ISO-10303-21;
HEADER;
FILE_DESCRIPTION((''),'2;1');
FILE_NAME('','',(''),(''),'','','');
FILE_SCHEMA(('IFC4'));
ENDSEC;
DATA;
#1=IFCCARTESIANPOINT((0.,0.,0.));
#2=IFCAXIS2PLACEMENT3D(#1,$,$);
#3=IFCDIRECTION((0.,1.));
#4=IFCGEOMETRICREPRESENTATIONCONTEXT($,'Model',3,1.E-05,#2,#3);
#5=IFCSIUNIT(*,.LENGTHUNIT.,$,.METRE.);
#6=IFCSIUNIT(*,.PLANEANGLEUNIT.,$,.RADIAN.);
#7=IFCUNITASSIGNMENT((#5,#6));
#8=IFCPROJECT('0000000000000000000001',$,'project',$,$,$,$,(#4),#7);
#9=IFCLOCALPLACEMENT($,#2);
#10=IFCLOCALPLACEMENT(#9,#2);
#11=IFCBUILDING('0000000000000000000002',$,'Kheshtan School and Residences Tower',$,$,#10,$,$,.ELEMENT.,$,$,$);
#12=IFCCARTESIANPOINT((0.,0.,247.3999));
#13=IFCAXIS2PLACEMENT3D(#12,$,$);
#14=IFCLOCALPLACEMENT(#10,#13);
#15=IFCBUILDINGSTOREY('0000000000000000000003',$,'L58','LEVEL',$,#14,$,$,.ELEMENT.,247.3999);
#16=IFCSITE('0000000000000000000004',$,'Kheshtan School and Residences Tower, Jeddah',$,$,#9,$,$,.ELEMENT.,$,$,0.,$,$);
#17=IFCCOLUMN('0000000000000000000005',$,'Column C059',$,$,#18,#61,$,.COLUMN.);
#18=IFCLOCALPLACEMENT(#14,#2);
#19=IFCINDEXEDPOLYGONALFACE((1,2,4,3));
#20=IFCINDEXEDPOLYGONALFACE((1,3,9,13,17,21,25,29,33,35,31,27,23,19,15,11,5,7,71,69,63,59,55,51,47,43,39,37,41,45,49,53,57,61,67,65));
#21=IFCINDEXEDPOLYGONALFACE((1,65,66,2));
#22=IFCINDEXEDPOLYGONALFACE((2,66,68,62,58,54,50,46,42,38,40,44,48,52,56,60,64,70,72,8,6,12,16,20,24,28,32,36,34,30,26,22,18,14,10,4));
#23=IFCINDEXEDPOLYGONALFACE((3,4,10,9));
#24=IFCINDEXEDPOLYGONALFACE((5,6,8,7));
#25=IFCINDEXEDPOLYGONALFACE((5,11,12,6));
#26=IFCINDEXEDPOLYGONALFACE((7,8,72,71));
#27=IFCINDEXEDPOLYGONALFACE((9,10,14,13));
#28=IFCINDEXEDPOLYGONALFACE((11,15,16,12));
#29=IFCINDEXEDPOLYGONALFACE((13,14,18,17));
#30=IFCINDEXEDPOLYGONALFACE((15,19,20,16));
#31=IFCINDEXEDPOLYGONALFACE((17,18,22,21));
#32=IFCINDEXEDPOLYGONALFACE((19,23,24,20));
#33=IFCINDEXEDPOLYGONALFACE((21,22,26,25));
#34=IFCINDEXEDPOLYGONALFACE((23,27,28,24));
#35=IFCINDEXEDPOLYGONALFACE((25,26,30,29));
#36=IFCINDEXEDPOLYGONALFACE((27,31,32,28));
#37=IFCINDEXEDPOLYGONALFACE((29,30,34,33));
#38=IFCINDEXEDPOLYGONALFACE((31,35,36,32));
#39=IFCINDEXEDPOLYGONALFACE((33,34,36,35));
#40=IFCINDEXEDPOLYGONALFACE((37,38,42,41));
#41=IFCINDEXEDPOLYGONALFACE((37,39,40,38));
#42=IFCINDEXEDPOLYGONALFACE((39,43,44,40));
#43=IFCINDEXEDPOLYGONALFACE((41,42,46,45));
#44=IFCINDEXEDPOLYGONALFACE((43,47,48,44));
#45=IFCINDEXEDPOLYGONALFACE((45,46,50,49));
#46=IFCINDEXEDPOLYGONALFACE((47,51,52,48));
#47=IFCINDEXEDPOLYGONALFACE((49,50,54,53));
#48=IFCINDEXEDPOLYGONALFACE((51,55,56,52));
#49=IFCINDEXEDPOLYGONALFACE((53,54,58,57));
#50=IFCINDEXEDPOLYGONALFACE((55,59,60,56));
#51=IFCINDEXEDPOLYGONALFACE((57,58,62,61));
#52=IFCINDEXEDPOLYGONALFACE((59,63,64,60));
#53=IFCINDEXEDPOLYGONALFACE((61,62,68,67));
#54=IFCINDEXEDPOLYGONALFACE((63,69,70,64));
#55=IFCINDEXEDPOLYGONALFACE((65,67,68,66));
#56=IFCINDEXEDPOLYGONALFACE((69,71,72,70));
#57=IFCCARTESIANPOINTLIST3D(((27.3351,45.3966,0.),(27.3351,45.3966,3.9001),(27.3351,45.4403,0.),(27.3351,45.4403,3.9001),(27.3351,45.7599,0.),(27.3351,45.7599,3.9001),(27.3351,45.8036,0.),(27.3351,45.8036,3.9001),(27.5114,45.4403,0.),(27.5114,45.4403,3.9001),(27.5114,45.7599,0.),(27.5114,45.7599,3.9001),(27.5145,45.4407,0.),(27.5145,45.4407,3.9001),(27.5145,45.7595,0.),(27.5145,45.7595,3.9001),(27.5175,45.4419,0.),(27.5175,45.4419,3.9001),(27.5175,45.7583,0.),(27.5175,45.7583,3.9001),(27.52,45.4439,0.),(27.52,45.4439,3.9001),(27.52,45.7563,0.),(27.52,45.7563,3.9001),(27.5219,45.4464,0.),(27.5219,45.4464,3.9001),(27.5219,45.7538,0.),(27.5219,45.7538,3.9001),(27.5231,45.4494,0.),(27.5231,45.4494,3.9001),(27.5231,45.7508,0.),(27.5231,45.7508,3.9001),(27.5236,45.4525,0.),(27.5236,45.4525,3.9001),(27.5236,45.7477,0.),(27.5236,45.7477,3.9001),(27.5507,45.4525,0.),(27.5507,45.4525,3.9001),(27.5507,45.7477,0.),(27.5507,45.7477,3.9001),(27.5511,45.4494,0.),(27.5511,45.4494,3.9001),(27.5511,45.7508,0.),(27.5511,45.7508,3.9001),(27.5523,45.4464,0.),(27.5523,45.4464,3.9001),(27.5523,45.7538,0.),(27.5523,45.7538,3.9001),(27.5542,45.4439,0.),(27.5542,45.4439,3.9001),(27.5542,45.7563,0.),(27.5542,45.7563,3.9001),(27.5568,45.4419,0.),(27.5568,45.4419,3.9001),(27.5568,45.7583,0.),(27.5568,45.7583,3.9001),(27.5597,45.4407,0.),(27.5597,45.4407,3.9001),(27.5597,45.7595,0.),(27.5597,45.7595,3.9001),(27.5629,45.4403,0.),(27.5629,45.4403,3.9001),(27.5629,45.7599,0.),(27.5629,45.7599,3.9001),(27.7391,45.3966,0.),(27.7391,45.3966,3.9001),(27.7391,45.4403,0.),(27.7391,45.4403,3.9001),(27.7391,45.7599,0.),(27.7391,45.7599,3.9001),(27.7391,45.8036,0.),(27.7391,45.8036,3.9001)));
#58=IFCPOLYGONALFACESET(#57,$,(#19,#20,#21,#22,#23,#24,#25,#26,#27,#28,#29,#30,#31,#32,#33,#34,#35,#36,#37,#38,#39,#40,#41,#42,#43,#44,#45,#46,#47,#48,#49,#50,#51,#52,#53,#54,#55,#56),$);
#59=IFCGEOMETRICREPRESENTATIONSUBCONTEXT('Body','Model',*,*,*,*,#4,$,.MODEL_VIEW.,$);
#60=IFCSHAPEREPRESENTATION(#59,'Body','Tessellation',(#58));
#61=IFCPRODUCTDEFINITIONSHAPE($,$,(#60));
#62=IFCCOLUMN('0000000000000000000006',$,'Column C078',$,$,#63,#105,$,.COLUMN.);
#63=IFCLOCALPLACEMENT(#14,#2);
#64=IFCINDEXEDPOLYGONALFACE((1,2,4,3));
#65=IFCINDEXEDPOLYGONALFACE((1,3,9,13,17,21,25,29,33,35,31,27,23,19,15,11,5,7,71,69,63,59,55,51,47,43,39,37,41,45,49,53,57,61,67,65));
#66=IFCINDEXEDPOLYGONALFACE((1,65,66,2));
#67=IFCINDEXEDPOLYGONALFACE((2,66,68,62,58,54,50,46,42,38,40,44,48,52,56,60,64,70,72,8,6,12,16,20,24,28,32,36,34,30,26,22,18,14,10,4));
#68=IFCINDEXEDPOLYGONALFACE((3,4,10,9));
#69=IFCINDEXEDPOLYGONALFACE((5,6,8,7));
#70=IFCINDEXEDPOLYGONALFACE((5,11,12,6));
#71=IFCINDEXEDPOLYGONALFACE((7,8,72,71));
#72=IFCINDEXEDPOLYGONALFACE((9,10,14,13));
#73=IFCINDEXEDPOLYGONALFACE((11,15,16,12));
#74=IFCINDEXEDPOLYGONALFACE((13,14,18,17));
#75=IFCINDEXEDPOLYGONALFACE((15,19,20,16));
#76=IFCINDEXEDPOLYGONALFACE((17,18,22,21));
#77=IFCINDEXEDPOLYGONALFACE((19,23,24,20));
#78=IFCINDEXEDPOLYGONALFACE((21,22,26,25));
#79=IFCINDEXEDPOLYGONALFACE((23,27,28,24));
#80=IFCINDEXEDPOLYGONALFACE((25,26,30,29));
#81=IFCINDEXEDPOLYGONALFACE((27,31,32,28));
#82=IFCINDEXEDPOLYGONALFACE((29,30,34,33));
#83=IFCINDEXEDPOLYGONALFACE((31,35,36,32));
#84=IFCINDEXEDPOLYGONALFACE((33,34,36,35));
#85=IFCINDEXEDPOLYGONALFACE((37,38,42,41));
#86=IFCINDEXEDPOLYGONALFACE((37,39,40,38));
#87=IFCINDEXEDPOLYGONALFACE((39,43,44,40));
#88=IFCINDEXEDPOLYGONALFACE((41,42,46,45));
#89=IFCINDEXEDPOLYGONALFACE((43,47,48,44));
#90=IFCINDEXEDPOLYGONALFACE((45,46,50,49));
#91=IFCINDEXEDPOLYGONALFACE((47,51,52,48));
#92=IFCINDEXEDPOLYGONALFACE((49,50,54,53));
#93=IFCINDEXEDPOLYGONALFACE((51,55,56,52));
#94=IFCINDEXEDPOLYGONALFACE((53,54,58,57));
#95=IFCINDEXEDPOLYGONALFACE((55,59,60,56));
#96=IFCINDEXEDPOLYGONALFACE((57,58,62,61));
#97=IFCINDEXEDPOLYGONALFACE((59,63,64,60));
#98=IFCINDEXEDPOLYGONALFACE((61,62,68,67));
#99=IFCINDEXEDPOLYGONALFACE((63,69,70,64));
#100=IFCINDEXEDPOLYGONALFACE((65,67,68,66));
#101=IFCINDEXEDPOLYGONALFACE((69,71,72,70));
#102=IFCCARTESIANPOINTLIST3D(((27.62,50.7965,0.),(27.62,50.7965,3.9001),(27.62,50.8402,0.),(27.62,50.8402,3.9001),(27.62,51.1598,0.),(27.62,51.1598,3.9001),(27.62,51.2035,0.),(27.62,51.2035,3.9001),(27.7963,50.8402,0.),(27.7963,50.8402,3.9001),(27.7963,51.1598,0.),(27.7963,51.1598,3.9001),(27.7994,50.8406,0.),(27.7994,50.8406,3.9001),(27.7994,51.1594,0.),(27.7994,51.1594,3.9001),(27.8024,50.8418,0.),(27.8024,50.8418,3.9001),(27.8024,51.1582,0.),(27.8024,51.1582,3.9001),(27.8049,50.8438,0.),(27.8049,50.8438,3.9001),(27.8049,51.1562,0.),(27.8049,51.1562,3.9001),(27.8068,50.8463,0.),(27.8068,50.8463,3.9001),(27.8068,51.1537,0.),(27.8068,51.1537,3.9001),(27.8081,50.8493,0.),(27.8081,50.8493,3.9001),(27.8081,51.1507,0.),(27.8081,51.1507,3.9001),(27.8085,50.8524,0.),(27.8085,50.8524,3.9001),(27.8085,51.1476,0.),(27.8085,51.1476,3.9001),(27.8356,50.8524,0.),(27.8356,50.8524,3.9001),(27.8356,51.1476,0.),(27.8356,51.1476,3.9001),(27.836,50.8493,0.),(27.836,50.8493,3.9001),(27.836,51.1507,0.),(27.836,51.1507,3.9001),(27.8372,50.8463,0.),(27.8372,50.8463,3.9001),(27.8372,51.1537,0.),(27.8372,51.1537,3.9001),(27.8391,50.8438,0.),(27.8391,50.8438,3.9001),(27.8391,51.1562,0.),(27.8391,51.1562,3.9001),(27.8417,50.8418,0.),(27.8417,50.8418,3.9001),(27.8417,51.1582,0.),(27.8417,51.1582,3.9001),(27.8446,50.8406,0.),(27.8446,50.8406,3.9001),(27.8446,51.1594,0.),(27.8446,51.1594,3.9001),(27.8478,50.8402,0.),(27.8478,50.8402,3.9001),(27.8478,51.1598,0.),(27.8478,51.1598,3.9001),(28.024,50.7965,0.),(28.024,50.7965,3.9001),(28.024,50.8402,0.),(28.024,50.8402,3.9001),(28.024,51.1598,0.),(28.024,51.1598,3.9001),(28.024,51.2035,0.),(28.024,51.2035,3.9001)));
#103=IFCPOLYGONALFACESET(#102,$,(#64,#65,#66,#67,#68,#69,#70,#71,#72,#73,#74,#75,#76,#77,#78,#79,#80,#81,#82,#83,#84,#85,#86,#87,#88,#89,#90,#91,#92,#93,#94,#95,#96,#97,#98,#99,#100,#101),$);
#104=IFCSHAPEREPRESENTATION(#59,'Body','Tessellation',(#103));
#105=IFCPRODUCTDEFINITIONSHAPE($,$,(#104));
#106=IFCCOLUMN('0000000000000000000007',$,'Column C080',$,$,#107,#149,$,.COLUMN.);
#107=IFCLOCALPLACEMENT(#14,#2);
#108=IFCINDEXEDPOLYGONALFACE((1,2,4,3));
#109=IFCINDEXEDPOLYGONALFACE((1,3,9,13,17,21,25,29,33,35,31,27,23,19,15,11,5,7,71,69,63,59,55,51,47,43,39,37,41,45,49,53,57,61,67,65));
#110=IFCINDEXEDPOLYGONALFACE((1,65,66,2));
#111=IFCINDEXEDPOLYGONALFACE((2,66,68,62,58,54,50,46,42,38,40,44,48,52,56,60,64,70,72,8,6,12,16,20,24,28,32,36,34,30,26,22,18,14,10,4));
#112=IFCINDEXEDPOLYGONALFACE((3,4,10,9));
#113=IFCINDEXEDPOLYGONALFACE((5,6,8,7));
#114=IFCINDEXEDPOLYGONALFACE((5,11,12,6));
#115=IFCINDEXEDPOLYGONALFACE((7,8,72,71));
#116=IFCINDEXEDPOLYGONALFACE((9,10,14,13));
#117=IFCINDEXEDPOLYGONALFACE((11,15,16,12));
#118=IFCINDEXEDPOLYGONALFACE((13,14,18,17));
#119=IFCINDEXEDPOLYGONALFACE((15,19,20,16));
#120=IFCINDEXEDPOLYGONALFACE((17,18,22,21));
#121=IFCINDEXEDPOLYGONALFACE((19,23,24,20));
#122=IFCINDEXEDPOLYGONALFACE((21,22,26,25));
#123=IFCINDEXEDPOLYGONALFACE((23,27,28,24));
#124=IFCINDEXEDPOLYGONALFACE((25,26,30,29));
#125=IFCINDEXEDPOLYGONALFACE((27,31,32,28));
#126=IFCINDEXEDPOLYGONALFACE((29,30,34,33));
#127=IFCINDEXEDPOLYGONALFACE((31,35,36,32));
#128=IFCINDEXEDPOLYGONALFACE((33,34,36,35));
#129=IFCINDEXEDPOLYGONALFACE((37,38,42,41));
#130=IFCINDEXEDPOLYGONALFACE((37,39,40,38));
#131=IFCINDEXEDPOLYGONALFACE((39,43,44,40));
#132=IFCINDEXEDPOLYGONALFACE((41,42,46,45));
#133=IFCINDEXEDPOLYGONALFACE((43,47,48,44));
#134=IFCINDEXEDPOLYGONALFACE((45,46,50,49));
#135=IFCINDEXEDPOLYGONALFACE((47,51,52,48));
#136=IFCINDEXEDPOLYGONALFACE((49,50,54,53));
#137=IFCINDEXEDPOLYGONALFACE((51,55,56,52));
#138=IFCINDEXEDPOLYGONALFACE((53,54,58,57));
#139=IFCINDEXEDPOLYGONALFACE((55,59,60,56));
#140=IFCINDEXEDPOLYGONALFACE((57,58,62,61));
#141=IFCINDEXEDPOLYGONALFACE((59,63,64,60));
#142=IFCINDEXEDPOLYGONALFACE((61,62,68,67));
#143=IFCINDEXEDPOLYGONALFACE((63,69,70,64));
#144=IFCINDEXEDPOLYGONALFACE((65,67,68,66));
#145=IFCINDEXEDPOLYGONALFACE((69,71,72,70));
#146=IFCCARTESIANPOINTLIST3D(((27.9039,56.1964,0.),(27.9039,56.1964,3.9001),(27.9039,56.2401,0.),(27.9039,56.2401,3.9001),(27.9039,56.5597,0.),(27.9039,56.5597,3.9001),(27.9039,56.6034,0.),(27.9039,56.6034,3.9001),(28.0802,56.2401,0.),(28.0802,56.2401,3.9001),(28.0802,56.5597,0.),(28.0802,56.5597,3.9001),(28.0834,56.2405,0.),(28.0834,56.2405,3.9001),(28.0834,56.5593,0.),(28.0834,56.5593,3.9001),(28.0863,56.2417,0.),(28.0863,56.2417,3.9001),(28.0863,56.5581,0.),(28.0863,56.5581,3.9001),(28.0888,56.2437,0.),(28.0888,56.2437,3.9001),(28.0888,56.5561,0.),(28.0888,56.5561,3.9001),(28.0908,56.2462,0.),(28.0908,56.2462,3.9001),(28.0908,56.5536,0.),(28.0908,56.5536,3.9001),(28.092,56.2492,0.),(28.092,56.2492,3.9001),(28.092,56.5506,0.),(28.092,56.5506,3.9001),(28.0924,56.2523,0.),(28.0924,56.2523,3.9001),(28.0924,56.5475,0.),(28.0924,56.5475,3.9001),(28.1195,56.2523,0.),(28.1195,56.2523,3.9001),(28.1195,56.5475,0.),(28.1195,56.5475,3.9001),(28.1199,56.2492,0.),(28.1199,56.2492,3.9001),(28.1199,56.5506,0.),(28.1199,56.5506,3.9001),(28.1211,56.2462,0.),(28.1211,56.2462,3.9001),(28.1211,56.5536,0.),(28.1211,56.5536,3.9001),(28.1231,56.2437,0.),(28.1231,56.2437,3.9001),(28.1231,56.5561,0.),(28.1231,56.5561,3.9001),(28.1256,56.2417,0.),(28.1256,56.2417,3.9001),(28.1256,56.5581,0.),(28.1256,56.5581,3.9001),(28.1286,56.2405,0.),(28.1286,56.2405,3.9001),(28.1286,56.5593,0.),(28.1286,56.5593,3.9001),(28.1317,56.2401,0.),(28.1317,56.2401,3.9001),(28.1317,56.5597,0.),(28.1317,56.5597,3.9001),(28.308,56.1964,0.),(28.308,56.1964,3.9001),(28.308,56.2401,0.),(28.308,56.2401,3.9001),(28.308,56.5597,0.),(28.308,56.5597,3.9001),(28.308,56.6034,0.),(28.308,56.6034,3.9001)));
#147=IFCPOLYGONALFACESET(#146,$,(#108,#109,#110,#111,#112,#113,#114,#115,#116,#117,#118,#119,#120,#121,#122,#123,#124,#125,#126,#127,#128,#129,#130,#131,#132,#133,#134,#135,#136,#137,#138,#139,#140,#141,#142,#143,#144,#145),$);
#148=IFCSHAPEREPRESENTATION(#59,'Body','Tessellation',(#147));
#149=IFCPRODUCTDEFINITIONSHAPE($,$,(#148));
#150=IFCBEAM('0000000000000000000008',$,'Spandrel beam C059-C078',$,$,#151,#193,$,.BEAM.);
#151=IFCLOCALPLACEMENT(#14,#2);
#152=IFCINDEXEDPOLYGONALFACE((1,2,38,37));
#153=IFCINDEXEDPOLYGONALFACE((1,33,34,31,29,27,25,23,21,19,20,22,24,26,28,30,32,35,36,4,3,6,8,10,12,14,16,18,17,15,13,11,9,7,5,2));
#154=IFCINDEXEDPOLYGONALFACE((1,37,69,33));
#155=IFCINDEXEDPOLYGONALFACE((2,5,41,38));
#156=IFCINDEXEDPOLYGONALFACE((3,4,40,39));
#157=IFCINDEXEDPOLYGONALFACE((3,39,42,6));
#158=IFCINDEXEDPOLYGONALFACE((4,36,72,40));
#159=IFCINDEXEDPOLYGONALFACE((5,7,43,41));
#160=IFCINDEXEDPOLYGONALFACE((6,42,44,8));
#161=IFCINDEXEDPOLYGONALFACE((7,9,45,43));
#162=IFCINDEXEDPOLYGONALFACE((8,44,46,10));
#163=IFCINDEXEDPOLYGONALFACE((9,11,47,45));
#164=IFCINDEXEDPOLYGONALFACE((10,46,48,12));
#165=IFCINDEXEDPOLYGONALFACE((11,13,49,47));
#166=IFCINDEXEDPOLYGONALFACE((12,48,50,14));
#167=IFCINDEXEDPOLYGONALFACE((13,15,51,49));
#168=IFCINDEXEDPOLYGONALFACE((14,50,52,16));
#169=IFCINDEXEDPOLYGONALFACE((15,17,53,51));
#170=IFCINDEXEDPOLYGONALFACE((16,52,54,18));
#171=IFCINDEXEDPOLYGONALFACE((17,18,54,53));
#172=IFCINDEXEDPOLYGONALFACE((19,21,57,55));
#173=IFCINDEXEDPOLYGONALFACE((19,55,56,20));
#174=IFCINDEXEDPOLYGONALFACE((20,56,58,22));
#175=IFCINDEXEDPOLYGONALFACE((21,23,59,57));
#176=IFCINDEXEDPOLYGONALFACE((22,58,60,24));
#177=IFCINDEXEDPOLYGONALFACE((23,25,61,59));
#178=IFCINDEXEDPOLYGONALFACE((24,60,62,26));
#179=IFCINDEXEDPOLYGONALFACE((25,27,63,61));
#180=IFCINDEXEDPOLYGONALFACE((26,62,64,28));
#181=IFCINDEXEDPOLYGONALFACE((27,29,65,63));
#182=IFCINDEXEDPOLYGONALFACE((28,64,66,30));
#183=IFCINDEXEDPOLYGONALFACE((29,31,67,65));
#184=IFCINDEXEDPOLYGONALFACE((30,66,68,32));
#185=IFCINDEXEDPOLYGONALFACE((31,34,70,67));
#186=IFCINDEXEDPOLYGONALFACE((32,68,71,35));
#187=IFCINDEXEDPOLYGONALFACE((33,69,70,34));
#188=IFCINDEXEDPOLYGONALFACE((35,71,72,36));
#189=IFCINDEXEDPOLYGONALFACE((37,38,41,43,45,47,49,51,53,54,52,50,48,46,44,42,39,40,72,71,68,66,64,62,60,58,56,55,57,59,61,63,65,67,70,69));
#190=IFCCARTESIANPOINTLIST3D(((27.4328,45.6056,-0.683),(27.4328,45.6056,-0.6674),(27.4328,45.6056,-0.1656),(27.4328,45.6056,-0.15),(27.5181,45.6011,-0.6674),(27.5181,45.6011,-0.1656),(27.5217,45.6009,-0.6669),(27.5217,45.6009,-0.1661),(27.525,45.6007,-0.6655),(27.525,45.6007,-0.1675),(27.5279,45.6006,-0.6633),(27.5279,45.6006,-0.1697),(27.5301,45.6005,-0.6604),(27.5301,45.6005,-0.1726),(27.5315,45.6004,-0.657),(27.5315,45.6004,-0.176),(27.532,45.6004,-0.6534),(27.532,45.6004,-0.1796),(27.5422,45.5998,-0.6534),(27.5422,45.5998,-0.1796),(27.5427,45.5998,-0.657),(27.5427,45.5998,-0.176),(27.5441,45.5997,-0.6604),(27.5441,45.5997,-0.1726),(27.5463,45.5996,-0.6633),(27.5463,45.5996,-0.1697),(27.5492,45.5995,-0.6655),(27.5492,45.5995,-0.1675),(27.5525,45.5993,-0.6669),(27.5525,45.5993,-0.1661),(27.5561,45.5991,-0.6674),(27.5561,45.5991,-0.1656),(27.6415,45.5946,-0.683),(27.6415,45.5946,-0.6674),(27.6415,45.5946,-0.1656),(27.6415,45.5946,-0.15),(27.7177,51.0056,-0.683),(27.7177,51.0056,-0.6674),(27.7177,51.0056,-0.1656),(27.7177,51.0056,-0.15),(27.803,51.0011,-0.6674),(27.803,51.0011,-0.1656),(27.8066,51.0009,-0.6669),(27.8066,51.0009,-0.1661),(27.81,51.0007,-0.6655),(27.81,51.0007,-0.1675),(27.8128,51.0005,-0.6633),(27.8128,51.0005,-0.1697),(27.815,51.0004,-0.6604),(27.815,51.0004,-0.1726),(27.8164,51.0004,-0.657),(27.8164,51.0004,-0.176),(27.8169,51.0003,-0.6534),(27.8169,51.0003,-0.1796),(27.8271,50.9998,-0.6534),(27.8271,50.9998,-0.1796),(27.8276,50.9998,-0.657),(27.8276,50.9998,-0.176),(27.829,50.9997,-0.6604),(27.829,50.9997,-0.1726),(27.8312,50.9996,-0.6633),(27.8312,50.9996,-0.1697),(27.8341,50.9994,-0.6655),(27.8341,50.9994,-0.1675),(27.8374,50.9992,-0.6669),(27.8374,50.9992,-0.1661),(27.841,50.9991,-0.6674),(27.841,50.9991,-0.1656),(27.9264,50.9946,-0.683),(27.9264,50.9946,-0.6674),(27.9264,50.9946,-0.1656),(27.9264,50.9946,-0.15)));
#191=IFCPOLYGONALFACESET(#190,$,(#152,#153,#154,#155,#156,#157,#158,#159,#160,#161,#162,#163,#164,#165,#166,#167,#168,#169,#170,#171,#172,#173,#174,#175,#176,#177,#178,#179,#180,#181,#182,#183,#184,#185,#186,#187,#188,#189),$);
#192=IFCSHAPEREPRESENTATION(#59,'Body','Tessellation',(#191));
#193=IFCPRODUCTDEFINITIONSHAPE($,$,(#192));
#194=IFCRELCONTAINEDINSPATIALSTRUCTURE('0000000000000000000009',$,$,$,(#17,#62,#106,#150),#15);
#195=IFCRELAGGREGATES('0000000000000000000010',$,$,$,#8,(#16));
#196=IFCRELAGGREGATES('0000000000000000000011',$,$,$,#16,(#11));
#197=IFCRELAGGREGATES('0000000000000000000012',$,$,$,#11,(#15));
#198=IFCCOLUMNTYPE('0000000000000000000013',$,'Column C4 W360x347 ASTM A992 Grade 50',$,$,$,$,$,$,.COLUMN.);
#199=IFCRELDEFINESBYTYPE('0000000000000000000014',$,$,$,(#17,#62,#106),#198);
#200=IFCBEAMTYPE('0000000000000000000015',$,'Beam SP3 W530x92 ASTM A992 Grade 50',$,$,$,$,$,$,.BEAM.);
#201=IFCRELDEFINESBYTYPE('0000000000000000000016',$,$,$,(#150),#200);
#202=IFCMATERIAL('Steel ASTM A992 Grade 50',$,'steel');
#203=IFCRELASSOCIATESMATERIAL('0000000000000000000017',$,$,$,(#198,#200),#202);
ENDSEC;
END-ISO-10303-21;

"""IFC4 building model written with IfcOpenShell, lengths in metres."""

from ifc_helpers import new_model, si_unit, direction, frame, origin, origin_2d, place, context, subcontext, project, spatial, i_section, extrude, material, material_profile, profile_set, type_object, element, save


model = new_model("IFC4")

# Units and contexts
model_context = context("Model", 3, precision=1e-05, world=origin(), true_north=direction((0.0, 1.0)))
body_context = subcontext(model_context, "Body", "Model", "MODEL_VIEW")
ifc_project = project(units=[si_unit("LENGTHUNIT", "METRE"), si_unit("PLANEANGLEUNIT", "RADIAN")], contexts=[model_context])

# Site, building, storey
site_placement = place(None, origin())
site = spatial("IfcSite", under=ifc_project, at=site_placement, Name="Kheshtan School and Residences Tower, Jeddah", CompositionType="ELEMENT", RefElevation=0.0)
building_placement = place(site_placement, origin())
building = spatial("IfcBuilding", under=site, at=building_placement, Name="Kheshtan School and Residences Tower", CompositionType="ELEMENT")
storey_placement = place(building_placement, frame((0.0, 0.0, 247.3999)))
storey = spatial("IfcBuildingStorey", under=building, at=storey_placement, Name="L58", Description="LEVEL", CompositionType="ELEMENT", Elevation=247.3999)

# Columns
ifc_material_1 = material(Name="Steel ASTM A992 Grade 50", Category="steel")
ifc_material_profile_1 = material_profile(ifc_material_1, i_section(OverallWidth=0.4041, OverallDepth=0.407, WebThickness=0.0271, FlangeThickness=0.0437, FilletRadius=0.0122, at=origin_2d()), Name="W360x347")
ifc_profile_set_1 = profile_set([ifc_material_profile_1], Name="Steel ASTM A992 Grade 50")
column_type = type_object("IfcColumnType", Name="Column C4 W360x347 ASTM A992 Grade 50", PredefinedType="COLUMN", material=ifc_profile_set_1)
for number, where, z_axis, x_axis, name in (
    (1, (27.5371, 45.6001, 0.0), (0.0, 0.0, 1.0), (1.0, 0.0, 0.0), "Column C059"),
    (2, (27.822, 51.0, 0.0), (0.0, 0.0, 1.0), (1.0, 0.0, 0.0), "Column C078"),
    (3, (28.106, 56.3999, 0.0), (0.0, 0.0, 1.0), (1.0, 0.0, 0.0), "Column C080"),
):
    element("IfcColumn", number, at=place(storey_placement, frame(where, z_axis=z_axis, x_axis=x_axis)), inside=storey, type_object=column_type, Name=name, PredefinedType="COLUMN", context=body_context, shape_type="SweptSolid", body=[
        extrude(i_section(OverallWidth=0.4041, OverallDepth=0.407, WebThickness=0.0271, FlangeThickness=0.0437, FilletRadius=0.0122, at=origin_2d()), origin(), (0.0, 0.0, 1.0), 3.9001),
    ])

# Beam
ifc_material_profile_2 = material_profile(ifc_material_1, i_section(OverallWidth=0.209, OverallDepth=0.533, WebThickness=0.0103, FlangeThickness=0.0156, FilletRadius=0.0139, at=origin_2d()), Name="W530x92")
ifc_profile_set_2 = profile_set([ifc_material_profile_2], Name="Steel ASTM A992 Grade 50")
beam_type = type_object("IfcBeamType", Name="Beam SP3 W530x92 ASTM A992 Grade 50", PredefinedType="BEAM", material=ifc_profile_set_2)
for number, where, z_axis, x_axis, name in (
    (4, (27.5371, 45.6001, -0.4165), (0.052689, 0.998611, 0.0), (-0.998611, 0.052689, 0.0), "Spandrel beam C059-C078"),
):
    element("IfcBeam", number, at=place(storey_placement, frame(where, z_axis=z_axis, x_axis=x_axis)), inside=storey, type_object=beam_type, Name=name, PredefinedType="BEAM", context=body_context, shape_type="SweptSolid", body=[
        extrude(i_section(OverallWidth=0.209, OverallDepth=0.533, WebThickness=0.0103, FlangeThickness=0.0156, FilletRadius=0.0139, at=origin_2d()), origin(), (0.0, 0.0, 1.0), 5.4075),
    ])

save(model, "model.ifc")
